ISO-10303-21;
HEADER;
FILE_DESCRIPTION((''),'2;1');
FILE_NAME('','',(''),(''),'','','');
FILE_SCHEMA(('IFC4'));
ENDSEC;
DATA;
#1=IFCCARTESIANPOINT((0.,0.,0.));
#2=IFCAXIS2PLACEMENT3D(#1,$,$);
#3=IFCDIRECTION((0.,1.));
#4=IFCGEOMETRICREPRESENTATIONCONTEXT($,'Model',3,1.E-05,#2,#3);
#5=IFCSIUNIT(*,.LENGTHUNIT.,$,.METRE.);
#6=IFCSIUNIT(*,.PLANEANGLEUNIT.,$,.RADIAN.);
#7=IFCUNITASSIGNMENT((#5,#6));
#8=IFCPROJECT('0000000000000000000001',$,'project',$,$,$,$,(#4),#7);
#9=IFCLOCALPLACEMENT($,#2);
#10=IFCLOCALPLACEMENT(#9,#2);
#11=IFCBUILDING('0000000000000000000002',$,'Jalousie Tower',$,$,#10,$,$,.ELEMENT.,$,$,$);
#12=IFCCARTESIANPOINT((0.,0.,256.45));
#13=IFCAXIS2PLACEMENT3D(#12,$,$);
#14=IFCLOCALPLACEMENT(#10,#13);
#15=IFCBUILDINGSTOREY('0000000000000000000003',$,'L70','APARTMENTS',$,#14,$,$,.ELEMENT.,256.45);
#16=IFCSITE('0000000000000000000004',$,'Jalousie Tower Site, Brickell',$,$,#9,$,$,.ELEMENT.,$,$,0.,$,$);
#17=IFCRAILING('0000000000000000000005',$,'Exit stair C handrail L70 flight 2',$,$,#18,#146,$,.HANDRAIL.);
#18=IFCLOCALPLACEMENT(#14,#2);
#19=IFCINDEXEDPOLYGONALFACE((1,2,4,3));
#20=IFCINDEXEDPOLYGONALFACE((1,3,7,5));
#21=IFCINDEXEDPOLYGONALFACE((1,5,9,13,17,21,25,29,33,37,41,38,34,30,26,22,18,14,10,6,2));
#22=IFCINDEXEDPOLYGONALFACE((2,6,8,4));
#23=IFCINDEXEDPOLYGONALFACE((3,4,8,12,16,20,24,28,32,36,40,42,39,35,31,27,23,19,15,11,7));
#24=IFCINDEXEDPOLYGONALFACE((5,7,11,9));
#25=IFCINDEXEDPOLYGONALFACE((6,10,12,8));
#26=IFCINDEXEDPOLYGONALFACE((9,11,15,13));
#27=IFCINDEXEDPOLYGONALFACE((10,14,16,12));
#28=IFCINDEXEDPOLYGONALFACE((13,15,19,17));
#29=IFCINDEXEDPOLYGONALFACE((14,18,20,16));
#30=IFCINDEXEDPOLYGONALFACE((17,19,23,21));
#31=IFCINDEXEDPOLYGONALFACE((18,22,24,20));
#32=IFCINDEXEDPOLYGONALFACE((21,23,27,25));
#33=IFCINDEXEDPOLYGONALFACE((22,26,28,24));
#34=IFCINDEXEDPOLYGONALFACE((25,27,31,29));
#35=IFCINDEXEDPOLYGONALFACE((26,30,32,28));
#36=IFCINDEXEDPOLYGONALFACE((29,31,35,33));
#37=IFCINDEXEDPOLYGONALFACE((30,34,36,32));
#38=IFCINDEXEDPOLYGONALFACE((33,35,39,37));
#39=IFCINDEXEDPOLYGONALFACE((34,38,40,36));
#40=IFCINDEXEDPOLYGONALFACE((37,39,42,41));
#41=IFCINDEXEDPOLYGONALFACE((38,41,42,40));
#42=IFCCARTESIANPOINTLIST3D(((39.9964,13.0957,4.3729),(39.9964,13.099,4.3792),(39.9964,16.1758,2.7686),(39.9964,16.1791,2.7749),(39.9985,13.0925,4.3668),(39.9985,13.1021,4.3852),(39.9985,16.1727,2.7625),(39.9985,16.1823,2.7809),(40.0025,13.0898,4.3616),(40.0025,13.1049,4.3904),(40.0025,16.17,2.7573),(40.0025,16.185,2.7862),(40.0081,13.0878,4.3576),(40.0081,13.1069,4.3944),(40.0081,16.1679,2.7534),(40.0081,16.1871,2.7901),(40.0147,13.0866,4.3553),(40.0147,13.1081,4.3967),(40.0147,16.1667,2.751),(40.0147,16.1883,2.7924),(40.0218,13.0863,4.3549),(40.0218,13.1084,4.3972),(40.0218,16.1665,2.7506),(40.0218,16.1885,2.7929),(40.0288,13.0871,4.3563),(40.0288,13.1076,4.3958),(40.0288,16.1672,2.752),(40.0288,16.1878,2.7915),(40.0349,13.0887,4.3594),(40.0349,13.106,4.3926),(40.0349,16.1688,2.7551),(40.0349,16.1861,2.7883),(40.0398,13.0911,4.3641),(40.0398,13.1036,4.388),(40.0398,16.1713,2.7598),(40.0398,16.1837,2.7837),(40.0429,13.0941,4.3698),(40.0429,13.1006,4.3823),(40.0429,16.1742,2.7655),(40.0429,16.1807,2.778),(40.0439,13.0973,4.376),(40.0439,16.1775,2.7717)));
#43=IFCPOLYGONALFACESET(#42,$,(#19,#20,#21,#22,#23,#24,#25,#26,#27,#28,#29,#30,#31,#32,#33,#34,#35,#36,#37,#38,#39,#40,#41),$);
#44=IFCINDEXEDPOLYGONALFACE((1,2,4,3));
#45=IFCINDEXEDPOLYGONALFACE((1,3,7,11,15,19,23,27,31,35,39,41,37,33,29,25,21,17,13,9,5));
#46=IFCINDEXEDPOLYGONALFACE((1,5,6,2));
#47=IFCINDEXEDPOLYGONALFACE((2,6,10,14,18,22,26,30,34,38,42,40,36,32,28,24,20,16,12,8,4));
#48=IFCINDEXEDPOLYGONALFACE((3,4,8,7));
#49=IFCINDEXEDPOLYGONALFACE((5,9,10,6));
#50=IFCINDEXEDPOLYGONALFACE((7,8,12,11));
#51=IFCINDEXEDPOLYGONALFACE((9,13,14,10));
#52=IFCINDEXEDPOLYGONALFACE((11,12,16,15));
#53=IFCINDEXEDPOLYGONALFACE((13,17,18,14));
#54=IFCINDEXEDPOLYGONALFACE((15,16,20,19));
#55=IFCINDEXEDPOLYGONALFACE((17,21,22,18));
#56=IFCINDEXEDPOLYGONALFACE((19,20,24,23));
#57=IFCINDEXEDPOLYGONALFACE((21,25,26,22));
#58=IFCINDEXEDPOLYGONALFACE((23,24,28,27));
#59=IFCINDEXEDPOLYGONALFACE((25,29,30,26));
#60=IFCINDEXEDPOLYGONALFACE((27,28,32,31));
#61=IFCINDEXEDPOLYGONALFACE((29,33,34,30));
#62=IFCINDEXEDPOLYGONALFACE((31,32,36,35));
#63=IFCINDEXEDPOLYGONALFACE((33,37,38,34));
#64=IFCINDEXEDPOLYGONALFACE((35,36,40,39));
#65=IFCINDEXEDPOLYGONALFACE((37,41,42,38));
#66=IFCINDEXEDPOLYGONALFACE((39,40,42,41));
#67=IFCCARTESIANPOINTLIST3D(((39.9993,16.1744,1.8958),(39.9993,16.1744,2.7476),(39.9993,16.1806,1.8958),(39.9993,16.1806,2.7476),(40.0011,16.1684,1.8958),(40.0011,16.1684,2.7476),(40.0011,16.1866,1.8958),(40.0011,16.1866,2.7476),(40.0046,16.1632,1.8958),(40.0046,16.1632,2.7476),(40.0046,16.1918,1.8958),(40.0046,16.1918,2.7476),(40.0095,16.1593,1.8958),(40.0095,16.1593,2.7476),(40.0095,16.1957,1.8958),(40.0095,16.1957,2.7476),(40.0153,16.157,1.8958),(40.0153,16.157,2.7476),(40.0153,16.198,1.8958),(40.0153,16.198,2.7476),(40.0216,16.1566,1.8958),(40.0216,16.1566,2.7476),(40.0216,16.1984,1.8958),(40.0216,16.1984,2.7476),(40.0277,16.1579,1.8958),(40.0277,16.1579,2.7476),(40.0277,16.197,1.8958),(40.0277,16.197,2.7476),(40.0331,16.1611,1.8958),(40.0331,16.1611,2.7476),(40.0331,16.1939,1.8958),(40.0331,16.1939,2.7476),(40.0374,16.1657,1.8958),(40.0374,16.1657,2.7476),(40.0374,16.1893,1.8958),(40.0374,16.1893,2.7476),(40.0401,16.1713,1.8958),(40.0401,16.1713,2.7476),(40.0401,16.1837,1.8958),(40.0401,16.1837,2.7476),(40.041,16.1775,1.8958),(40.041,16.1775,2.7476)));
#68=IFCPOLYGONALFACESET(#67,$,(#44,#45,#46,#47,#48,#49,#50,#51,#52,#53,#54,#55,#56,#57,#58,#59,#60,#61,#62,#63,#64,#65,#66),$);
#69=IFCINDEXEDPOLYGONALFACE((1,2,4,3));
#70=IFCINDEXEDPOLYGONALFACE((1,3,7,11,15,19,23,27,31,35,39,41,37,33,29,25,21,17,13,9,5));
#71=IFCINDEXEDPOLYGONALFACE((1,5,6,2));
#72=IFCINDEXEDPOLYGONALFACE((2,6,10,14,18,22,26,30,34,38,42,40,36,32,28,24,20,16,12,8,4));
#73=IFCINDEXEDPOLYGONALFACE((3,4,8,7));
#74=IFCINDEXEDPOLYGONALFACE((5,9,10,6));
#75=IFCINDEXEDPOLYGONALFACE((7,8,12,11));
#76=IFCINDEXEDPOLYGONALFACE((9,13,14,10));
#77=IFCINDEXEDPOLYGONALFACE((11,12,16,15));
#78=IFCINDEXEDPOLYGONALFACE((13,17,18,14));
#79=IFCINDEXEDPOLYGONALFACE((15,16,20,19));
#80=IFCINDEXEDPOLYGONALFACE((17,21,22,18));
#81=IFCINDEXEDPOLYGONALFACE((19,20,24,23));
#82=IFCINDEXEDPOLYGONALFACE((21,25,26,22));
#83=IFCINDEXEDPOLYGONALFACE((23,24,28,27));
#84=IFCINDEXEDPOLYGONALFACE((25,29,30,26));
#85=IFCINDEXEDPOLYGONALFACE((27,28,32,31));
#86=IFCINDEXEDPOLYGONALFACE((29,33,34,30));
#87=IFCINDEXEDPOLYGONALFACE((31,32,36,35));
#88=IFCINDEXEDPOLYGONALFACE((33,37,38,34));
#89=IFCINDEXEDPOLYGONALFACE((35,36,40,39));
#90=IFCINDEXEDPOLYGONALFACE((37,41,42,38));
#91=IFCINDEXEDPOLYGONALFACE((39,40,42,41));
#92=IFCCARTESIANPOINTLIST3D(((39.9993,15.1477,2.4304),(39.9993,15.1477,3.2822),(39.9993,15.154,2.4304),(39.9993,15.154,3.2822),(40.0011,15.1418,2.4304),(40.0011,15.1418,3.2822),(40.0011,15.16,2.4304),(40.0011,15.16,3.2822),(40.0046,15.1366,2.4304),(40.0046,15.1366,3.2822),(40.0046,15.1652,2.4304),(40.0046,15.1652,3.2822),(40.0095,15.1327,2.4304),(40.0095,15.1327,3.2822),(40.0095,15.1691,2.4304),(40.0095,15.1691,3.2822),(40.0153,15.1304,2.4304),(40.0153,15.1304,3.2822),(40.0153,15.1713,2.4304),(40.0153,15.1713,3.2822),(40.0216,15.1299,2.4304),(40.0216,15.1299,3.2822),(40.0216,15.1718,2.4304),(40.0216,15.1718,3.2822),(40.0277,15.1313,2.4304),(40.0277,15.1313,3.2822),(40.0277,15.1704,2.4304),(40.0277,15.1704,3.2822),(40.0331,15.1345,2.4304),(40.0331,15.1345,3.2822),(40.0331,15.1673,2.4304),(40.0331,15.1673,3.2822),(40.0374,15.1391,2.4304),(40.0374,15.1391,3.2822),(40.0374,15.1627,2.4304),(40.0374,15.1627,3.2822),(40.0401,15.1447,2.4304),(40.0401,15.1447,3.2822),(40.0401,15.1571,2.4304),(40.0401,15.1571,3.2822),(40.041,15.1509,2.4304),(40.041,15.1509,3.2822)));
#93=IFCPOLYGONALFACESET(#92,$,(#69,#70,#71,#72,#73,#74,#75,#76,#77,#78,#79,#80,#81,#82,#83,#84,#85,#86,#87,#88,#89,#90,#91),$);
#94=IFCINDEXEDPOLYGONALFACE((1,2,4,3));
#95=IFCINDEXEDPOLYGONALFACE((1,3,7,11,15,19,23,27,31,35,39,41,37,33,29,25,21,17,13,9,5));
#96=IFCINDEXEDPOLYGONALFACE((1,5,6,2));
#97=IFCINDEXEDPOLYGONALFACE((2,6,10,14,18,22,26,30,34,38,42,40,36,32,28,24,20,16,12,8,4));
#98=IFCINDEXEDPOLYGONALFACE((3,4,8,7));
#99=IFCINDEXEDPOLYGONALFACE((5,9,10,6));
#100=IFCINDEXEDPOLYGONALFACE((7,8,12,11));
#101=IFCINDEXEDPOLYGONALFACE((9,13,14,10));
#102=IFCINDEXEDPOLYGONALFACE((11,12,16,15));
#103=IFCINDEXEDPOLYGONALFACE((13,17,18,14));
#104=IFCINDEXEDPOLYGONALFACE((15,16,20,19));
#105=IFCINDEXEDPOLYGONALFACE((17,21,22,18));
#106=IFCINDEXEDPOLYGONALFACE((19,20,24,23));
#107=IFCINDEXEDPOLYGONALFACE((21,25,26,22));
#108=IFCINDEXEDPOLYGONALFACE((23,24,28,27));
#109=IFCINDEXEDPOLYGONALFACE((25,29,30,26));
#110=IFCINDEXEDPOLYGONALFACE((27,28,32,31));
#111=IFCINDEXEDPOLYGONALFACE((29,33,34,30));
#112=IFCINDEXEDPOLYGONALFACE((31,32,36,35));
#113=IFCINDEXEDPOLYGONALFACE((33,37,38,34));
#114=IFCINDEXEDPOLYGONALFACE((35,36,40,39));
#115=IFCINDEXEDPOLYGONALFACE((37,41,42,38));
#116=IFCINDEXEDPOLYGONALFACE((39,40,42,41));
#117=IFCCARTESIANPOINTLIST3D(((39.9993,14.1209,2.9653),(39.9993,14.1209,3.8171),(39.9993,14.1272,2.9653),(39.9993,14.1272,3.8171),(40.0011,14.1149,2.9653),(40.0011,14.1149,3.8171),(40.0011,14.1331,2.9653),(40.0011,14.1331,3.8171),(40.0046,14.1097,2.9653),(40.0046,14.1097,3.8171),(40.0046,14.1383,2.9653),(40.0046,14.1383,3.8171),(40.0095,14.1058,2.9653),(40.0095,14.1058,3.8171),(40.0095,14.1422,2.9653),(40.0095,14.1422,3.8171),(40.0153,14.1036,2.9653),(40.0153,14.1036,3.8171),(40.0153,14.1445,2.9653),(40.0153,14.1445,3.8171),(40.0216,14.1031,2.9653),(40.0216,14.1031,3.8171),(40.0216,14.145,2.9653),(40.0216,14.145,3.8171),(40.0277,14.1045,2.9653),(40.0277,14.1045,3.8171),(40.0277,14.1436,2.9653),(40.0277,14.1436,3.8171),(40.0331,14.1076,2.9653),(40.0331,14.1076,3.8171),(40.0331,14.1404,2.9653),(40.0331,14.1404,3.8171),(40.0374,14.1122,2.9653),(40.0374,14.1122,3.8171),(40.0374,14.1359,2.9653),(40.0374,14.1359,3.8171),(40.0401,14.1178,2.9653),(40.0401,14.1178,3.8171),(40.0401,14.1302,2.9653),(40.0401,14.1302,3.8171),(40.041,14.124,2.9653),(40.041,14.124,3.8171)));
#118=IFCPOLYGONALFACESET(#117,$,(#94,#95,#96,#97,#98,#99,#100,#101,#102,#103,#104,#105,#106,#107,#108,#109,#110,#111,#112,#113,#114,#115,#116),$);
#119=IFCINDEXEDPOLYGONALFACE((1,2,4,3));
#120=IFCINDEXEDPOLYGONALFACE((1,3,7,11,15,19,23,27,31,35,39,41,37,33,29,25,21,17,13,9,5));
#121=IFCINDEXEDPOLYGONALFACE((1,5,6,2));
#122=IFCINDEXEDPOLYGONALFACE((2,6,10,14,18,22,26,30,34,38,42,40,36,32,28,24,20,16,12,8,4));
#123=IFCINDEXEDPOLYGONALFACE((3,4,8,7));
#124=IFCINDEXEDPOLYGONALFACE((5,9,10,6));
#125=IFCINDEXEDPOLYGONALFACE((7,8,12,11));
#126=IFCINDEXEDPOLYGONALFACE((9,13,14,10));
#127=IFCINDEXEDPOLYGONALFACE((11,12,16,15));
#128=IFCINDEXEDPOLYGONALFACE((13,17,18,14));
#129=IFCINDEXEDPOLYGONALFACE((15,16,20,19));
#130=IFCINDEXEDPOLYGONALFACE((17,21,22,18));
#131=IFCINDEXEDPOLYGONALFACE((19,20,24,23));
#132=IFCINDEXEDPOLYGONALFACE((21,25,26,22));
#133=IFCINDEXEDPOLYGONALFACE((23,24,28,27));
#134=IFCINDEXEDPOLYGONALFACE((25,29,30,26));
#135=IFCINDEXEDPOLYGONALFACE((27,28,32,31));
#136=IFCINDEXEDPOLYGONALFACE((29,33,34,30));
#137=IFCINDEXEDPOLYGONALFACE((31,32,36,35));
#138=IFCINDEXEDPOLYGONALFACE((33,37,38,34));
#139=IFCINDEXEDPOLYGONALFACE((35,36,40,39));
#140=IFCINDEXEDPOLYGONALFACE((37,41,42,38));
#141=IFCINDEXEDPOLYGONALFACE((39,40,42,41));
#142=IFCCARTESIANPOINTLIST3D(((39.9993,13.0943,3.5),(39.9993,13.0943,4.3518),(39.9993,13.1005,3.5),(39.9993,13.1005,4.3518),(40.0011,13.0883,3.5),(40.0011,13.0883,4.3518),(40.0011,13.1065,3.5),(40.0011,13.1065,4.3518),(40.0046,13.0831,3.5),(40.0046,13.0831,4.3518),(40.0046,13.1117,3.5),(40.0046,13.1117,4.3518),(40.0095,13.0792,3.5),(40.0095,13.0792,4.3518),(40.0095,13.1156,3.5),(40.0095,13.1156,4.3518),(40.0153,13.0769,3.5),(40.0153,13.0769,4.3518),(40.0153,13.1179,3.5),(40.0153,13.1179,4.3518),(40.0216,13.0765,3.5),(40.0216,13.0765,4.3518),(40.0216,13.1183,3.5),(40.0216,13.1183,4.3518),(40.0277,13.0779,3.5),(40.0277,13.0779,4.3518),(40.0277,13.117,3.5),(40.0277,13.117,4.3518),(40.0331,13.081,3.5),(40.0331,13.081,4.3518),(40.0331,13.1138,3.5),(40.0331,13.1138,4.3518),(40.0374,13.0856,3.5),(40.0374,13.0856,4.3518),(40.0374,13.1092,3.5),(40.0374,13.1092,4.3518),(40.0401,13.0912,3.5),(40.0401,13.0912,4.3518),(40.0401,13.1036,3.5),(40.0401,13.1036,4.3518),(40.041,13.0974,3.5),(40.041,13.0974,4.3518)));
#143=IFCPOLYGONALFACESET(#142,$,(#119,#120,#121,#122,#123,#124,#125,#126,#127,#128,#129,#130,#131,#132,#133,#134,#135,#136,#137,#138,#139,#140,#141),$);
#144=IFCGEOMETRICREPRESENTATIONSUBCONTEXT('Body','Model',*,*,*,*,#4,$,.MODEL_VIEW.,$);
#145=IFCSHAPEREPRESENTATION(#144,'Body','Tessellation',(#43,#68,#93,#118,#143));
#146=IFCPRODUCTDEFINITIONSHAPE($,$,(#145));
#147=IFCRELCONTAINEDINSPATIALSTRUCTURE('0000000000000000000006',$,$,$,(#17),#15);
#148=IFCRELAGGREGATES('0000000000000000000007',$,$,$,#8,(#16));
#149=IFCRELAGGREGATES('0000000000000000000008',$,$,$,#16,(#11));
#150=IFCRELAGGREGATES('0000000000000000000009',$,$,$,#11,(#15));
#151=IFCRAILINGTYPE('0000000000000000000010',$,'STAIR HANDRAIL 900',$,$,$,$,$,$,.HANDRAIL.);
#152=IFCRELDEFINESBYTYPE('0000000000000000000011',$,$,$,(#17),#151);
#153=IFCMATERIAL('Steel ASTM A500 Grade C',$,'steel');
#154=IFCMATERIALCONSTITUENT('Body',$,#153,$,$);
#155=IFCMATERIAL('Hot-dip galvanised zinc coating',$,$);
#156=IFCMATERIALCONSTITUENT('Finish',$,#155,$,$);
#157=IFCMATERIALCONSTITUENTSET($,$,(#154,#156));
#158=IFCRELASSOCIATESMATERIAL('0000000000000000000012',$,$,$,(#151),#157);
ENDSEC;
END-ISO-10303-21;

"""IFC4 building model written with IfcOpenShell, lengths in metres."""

from ifc_helpers import new_model, si_unit, direction, frame, origin, origin_2d, place, context, subcontext, project, spatial, circle, extrude, material, constituent, constituent_set, type_object, element, save


model = new_model("IFC4")

# Units and contexts
model_context = context("Model", 3, precision=1e-05, world=origin(), true_north=direction((0.0, 1.0)))
body_context = subcontext(model_context, "Body", "Model", "MODEL_VIEW")
ifc_project = project(units=[si_unit("LENGTHUNIT", "METRE"), si_unit("PLANEANGLEUNIT", "RADIAN")], contexts=[model_context])

# Site, building, storey
site_placement = place(None, origin())
site = spatial("IfcSite", under=ifc_project, at=site_placement, Name="Jalousie Tower Site, Brickell", CompositionType="ELEMENT", RefElevation=0.0)
building_placement = place(site_placement, origin())
building = spatial("IfcBuilding", under=site, at=building_placement, Name="Jalousie Tower", CompositionType="ELEMENT")
storey_placement = place(building_placement, frame((0.0, 0.0, 256.45)))
storey = spatial("IfcBuildingStorey", under=building, at=storey_placement, Name="L70", Description="APARTMENTS", CompositionType="ELEMENT", Elevation=256.45)

# Railing
ifc_material_1 = material(Name="Steel ASTM A500 Grade C", Category="steel")
ifc_constituent_1 = constituent(ifc_material_1, Name="Body")
ifc_material_2 = material(Name="Hot-dip galvanised zinc coating")
ifc_constituent_2 = constituent(ifc_material_2, Name="Finish")
ifc_constituent_set_1 = constituent_set(constituents=[ifc_constituent_1, ifc_constituent_2])
railing_type_1 = type_object("IfcRailingType", Name="STAIR HANDRAIL 900", PredefinedType="HANDRAIL", material=ifc_constituent_set_1)
railing_1_placement = place(storey_placement, frame((40.02, 16.1775, 1.8958)))
element("IfcRailing", 1, at=railing_1_placement, inside=storey, type_object=railing_type_1, Name="Exit stair C handrail L70 flight 2", PredefinedType="HANDRAIL", context=body_context, shape_type="SweptSolid", body=[
    extrude(circle(Radius=0.0239, at=origin_2d()), frame((0.0, 0.0, 0.876), z_axis=(0.0, -0.886909, 0.461944), x_axis=(1.0, 0.0, 0.0)), (0.0, 0.0, 1.0), 3.4729),
    extrude(circle(Radius=0.021, at=origin_2d()), origin(), (0.0, 0.0, 1.0), 0.8518),
    extrude(circle(Radius=0.021, at=origin_2d()), frame((0.0, -1.0266, 0.5347)), (0.0, 0.0, 1.0), 0.8518),
    extrude(circle(Radius=0.021, at=origin_2d()), frame((0.0, -2.0535, 1.0696)), (0.0, 0.0, 1.0), 0.8518),
    extrude(circle(Radius=0.021, at=origin_2d()), frame((0.0, -3.0801, 1.6042)), (0.0, 0.0, 1.0), 0.8518),
])

save(model, "model.ifc")
